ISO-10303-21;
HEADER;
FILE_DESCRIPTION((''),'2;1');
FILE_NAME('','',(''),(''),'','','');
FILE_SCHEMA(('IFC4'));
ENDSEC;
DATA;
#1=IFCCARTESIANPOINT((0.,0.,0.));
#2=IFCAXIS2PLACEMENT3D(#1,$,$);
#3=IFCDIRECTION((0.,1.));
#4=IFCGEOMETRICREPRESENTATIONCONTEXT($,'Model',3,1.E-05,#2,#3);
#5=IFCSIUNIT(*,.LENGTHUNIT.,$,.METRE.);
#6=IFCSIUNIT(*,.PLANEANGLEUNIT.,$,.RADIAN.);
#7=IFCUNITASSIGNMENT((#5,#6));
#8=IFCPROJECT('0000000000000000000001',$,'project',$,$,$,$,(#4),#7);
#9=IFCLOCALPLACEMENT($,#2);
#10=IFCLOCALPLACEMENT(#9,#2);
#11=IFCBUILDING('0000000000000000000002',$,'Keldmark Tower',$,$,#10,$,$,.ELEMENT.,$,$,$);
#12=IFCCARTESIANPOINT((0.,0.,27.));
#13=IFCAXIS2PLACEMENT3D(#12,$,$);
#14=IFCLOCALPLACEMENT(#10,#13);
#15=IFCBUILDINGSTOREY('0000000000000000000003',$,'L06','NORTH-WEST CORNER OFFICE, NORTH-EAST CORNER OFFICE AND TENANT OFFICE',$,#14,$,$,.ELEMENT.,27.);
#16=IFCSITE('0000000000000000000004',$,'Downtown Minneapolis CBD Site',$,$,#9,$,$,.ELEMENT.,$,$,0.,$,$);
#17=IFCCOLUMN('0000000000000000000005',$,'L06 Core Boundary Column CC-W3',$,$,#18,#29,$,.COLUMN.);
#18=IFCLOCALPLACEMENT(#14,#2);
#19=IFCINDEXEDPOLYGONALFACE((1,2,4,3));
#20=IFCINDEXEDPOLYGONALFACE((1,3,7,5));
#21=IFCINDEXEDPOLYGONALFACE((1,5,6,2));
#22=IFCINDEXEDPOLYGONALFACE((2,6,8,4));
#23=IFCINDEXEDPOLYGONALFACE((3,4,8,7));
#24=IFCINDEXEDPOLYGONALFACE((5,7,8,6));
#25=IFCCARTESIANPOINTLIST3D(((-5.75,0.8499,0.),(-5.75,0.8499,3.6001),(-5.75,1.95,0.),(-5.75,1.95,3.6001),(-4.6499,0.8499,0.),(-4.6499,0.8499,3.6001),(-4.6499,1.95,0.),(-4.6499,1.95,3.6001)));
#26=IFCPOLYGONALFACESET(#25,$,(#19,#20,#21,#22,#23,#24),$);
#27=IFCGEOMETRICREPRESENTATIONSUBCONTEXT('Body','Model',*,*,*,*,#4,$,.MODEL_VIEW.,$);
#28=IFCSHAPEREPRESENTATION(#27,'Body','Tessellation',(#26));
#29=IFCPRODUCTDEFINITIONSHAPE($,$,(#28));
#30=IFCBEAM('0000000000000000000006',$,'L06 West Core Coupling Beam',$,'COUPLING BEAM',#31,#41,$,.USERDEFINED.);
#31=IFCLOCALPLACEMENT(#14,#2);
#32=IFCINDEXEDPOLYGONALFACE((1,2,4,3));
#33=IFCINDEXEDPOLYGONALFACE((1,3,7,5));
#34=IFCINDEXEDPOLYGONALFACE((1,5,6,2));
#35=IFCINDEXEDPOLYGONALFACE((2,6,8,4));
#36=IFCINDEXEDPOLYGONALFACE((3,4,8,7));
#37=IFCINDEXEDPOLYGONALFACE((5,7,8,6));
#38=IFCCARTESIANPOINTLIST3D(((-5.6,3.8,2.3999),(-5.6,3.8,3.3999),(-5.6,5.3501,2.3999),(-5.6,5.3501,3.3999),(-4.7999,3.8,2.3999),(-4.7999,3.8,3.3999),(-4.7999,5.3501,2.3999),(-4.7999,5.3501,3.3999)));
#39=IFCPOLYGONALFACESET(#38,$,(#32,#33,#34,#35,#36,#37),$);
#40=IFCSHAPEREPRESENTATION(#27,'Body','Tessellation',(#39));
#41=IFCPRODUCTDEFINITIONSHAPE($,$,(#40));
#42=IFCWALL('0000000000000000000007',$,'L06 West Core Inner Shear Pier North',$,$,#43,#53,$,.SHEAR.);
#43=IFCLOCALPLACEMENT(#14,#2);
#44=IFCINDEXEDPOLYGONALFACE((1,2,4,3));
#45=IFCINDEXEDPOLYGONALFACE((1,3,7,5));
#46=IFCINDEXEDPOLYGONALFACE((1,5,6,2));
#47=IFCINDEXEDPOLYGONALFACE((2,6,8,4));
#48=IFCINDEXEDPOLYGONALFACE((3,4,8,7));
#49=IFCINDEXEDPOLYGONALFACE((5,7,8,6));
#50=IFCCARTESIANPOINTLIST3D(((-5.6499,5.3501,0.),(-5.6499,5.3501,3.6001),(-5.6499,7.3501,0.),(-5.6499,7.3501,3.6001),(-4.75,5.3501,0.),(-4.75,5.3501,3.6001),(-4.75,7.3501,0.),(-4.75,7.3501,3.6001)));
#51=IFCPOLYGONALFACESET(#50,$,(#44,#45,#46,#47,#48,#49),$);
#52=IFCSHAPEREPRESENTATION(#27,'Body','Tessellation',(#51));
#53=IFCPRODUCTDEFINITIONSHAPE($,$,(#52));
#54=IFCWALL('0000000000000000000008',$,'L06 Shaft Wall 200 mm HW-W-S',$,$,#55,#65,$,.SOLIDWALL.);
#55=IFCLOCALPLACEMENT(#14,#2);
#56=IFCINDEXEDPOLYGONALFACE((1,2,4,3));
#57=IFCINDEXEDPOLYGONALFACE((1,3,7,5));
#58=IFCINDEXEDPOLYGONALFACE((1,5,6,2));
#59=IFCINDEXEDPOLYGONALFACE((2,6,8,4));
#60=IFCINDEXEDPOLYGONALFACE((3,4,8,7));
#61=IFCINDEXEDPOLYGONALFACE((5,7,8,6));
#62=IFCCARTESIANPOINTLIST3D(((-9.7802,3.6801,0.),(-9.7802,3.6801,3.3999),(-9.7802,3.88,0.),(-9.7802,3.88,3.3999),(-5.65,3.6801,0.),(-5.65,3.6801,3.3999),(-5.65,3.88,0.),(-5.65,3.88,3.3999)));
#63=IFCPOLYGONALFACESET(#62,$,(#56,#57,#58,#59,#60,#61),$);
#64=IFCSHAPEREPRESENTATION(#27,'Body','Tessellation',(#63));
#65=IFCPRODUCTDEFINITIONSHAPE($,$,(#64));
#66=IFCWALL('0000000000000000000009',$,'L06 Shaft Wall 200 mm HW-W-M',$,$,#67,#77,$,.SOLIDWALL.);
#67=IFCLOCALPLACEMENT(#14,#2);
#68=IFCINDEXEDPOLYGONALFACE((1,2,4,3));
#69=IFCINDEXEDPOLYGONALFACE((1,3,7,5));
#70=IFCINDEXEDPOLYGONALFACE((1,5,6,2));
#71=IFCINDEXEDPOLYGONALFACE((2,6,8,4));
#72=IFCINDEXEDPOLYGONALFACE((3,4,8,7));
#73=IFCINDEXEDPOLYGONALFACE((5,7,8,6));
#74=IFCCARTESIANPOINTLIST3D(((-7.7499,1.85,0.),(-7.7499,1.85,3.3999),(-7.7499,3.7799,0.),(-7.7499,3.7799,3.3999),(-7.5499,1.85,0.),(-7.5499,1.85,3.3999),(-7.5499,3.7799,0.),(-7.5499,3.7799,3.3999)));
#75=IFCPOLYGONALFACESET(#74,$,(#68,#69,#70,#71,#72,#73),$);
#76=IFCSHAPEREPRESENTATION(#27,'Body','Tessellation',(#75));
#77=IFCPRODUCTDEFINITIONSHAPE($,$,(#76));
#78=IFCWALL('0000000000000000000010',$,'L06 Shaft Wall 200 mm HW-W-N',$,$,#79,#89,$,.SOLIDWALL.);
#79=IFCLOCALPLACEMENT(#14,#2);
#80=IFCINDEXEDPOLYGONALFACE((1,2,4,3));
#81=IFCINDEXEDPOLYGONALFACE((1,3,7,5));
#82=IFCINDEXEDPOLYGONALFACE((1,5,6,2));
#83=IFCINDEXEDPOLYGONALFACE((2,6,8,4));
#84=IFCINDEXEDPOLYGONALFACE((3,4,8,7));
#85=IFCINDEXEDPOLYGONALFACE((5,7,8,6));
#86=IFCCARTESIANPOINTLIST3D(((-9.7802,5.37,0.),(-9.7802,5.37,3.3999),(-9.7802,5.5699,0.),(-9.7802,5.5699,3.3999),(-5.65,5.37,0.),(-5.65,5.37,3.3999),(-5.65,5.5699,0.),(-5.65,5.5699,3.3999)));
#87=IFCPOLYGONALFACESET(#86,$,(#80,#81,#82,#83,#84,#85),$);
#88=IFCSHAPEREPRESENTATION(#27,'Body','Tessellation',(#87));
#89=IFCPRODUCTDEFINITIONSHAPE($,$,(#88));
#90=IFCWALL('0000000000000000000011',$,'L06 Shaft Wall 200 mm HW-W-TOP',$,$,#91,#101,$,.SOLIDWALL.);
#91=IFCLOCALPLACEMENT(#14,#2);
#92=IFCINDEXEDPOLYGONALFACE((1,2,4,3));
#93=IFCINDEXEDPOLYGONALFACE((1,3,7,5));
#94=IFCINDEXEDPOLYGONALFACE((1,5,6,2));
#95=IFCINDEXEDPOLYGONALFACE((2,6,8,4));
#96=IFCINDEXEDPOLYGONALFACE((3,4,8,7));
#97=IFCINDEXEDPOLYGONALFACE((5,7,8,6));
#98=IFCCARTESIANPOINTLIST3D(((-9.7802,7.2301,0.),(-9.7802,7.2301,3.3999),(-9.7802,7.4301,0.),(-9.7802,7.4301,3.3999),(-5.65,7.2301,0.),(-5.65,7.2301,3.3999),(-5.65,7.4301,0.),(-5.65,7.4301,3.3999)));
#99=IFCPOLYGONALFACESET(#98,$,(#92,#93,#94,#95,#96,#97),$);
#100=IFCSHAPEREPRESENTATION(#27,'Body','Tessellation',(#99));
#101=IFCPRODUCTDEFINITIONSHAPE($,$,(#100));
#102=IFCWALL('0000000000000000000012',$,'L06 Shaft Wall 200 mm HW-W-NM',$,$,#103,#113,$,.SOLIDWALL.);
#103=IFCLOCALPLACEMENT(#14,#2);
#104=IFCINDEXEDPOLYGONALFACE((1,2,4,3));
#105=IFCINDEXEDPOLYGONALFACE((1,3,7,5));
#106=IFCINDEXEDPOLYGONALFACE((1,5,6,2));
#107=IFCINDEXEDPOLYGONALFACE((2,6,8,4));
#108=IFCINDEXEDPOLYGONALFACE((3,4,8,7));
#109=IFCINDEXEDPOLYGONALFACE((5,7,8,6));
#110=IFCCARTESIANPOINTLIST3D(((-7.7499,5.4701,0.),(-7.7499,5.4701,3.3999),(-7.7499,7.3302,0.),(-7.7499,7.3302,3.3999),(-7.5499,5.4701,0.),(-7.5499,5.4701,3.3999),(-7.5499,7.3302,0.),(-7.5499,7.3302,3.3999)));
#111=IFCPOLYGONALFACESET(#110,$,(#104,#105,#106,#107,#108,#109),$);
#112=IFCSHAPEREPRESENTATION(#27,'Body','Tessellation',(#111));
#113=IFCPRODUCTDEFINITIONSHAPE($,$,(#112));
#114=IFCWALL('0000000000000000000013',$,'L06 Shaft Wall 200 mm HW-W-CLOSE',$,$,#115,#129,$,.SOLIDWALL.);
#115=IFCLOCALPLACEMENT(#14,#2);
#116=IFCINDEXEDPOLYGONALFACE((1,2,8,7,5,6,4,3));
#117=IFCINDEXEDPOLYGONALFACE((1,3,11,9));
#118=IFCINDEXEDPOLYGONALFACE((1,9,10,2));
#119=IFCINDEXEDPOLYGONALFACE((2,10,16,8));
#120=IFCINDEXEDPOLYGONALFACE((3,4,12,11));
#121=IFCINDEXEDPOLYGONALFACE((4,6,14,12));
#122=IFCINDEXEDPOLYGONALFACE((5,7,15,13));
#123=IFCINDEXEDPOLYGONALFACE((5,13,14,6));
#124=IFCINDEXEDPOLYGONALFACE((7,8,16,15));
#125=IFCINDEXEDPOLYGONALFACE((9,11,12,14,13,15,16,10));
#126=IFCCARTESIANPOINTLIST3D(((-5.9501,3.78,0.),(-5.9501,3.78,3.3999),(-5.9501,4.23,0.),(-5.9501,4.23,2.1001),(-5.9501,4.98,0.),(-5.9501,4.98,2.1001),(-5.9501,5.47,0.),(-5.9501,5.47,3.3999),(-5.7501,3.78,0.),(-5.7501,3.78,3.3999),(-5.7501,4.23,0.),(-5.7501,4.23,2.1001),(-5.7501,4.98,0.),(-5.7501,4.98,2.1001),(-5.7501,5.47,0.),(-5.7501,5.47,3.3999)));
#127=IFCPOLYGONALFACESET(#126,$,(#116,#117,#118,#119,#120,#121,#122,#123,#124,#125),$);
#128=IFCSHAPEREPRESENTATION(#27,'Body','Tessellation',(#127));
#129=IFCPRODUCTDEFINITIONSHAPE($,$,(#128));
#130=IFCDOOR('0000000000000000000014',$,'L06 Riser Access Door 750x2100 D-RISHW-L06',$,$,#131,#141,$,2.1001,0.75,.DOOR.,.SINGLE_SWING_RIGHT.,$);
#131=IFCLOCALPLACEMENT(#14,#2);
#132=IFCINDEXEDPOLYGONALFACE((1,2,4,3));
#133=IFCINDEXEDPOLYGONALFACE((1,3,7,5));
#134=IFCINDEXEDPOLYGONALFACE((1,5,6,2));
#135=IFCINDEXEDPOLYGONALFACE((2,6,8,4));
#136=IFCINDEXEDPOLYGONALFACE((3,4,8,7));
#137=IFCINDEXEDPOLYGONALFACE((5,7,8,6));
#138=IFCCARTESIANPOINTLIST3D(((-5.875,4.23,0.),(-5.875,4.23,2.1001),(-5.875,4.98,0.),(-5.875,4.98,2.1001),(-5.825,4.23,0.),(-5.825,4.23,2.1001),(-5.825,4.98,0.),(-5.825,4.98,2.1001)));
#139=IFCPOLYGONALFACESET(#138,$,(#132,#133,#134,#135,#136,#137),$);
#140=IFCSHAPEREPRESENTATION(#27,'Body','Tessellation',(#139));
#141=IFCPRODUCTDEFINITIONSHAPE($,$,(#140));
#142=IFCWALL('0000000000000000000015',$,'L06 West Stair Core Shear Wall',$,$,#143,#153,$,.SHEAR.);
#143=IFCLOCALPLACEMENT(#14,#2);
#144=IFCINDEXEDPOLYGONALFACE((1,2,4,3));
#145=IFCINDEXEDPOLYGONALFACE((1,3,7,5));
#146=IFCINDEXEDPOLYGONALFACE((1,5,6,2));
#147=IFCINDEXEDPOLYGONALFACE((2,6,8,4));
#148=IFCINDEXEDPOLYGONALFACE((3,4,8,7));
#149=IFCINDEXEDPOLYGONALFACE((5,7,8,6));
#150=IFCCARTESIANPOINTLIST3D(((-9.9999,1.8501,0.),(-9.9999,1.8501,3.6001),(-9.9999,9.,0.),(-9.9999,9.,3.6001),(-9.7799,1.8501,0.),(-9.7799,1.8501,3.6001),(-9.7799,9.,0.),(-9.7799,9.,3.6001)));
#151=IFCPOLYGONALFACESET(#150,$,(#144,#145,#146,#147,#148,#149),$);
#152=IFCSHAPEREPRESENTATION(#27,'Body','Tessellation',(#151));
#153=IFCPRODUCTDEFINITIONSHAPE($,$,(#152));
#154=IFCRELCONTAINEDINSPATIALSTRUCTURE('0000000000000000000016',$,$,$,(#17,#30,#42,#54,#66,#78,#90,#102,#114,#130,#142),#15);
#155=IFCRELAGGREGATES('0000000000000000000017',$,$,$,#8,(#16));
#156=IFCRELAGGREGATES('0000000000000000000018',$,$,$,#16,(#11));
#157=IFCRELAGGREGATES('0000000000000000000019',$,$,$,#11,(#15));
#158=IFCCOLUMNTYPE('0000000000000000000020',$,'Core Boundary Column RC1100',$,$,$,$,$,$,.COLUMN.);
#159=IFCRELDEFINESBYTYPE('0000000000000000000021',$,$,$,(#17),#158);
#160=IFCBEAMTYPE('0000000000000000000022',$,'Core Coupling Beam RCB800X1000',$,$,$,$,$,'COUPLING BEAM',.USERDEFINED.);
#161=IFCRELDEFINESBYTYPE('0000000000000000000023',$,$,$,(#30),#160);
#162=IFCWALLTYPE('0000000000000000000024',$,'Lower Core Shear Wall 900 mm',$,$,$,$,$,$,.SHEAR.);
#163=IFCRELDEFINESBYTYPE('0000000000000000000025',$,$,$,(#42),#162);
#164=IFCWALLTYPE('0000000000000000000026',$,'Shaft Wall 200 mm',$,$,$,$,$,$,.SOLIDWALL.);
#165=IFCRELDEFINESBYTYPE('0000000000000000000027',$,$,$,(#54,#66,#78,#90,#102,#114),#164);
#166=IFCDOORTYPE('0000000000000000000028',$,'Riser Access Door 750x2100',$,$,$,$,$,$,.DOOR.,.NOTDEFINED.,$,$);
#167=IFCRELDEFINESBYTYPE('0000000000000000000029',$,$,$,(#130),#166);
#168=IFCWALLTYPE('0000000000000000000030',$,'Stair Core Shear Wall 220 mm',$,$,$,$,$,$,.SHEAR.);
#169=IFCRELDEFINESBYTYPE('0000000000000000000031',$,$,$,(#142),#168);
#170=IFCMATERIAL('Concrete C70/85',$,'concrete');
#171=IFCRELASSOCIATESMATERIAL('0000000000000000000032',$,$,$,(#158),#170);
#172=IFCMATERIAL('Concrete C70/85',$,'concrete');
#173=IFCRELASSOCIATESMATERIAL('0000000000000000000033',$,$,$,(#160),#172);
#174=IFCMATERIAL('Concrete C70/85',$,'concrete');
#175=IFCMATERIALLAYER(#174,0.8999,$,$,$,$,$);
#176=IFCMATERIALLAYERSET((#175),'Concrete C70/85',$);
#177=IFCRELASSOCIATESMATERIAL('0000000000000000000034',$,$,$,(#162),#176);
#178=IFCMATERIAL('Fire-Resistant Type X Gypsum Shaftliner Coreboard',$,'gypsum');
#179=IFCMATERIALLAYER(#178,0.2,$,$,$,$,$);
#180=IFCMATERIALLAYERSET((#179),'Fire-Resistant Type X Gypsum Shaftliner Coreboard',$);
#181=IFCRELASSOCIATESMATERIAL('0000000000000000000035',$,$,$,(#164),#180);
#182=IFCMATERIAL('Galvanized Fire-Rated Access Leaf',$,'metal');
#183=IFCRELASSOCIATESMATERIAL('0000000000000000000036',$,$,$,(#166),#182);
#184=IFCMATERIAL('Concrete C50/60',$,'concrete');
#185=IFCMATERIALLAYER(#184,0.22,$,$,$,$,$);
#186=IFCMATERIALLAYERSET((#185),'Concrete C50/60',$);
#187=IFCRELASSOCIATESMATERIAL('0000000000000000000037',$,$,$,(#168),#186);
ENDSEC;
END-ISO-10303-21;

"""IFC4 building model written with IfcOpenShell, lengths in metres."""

from ifc_helpers import new_model, si_unit, direction, frame, frame_2d, origin, origin_2d, place, context, subcontext, project, spatial, rectangle, extrude, material, layer, layer_set, material_profile, profile_set, type_object, element, fill, save


model = new_model("IFC4")

# Units and contexts
model_context = context("Model", 3, precision=1e-05, world=origin(), true_north=direction((0.0, 1.0)))
body_context = subcontext(model_context, "Body", "Model", "MODEL_VIEW")
ifc_project = project(units=[si_unit("LENGTHUNIT", "METRE"), si_unit("PLANEANGLEUNIT", "RADIAN")], contexts=[model_context])

# Site, building, storey
site_placement = place(None, origin())
site = spatial("IfcSite", under=ifc_project, at=site_placement, Name="Downtown Minneapolis CBD Site", CompositionType="ELEMENT", RefElevation=0.0)
building_placement = place(site_placement, origin())
building = spatial("IfcBuilding", under=site, at=building_placement, Name="Keldmark Tower", CompositionType="ELEMENT")
storey_placement = place(building_placement, frame((0.0, 0.0, 27.0)))
storey = spatial("IfcBuildingStorey", under=building, at=storey_placement, Name="L06", Description="NORTH-WEST CORNER OFFICE, NORTH-EAST CORNER OFFICE AND TENANT OFFICE", CompositionType="ELEMENT", Elevation=27.0)

# Column
ifc_material_1 = material(Name="Concrete C70/85", Category="concrete")
ifc_material_profile_1 = material_profile(ifc_material_1, rectangle(XDim=1.1001, YDim=1.1001, at=origin_2d()), Name="RC1100X1100")
ifc_profile_set_1 = profile_set([ifc_material_profile_1], Name="Concrete C70/85")
column_type = type_object("IfcColumnType", Name="Core Boundary Column RC1100", PredefinedType="COLUMN", material=ifc_profile_set_1)
column_placement = place(storey_placement, frame((-5.2, 1.3999, 0.0), z_axis=(0.0, 0.0, 1.0), x_axis=(1.0, 0.0, 0.0)))
element("IfcColumn", 1, at=column_placement, inside=storey, type_object=column_type, Name="L06 Core Boundary Column CC-W3", PredefinedType="COLUMN", context=body_context, shape_type="SweptSolid", body=[
    extrude(rectangle(XDim=1.1001, YDim=1.1001, at=origin_2d()), origin(), (0.0, 0.0, 1.0), 3.6001),
])

# Beam
ifc_material_2 = material(Name="Concrete C70/85", Category="concrete")
ifc_material_profile_2 = material_profile(ifc_material_2, rectangle(XDim=0.8, YDim=1.0, at=origin_2d()), Name="RCB800X1000")
ifc_profile_set_2 = profile_set([ifc_material_profile_2], Name="Concrete C70/85")
beam_type = type_object("IfcBeamType", Name="Core Coupling Beam RCB800X1000", ElementType="COUPLING BEAM", PredefinedType="USERDEFINED", material=ifc_profile_set_2)
beam_placement = place(storey_placement, frame((-5.2, 3.8, 2.8999), z_axis=(0.0, 1.0, 0.0), x_axis=(-1.0, 0.0, 0.0)))
element("IfcBeam", 2, at=beam_placement, inside=storey, type_object=beam_type, Name="L06 West Core Coupling Beam", ObjectType="COUPLING BEAM", PredefinedType="USERDEFINED", context=body_context, shape_type="SweptSolid", body=[
    extrude(rectangle(XDim=0.8, YDim=1.0, at=origin_2d()), origin(), (0.0, 0.0, 1.0), 1.55),
])

# Walls
ifc_material_3 = material(Name="Concrete C70/85", Category="concrete")
ifc_layer_1 = layer(ifc_material_3, 0.8999)
ifc_layer_set_1 = layer_set([ifc_layer_1], Name="Concrete C70/85")
wall_type_1 = type_object("IfcWallType", Name="Lower Core Shear Wall 900 mm", PredefinedType="SHEAR", material=ifc_layer_set_1)
wall_1_placement = place(storey_placement, frame((-5.2, 5.3501, 0.0), z_axis=(0.0, 0.0, 1.0), x_axis=(0.0, 1.0, 0.0)))
element("IfcWall", 3, at=wall_1_placement, inside=storey, type_object=wall_type_1, Name="L06 West Core Inner Shear Pier North", PredefinedType="SHEAR", context=body_context, shape_type="SweptSolid", body=[
    extrude(rectangle(XDim=2.0, YDim=0.8999, at=frame_2d((1.0, 0.0))), origin(), (0.0, 0.0, 1.0), 3.6001),
])
ifc_material_4 = material(Name="Fire-Resistant Type X Gypsum Shaftliner Coreboard", Category="gypsum")
ifc_layer_2 = layer(ifc_material_4, 0.2)
ifc_layer_set_2 = layer_set([ifc_layer_2], Name="Fire-Resistant Type X Gypsum Shaftliner Coreboard")
wall_type_2 = type_object("IfcWallType", Name="Shaft Wall 200 mm", PredefinedType="SOLIDWALL", material=ifc_layer_set_2)
wall_2_placement = place(storey_placement, frame((-9.78, 3.78, 0.0), z_axis=(0.0, 0.0, 1.0), x_axis=(1.0, 0.0, 0.0)))
element("IfcWall", 4, at=wall_2_placement, inside=storey, type_object=wall_type_2, Name="L06 Shaft Wall 200 mm HW-W-S", PredefinedType="SOLIDWALL", context=body_context, shape_type="SweptSolid", body=[
    extrude(rectangle(XDim=4.1301, YDim=0.2, at=frame_2d((2.0649, 0.0))), origin(), (0.0, 0.0, 1.0), 3.3999),
])
wall_3_placement = place(storey_placement, frame((-7.6499, 1.8501, 0.0), z_axis=(0.0, 0.0, 1.0), x_axis=(0.0, 1.0, 0.0)))
element("IfcWall", 5, at=wall_3_placement, inside=storey, type_object=wall_type_2, Name="L06 Shaft Wall 200 mm HW-W-M", PredefinedType="SOLIDWALL", context=body_context, shape_type="SweptSolid", body=[
    extrude(rectangle(XDim=1.9299, YDim=0.2, at=frame_2d((0.9648, 0.0))), origin(), (0.0, 0.0, 1.0), 3.3999),
])
for number, where, z_axis, x_axis, name in (
    (6, (-9.78, 5.47, 0.0), (0.0, 0.0, 1.0), (1.0, 0.0, 0.0), "L06 Shaft Wall 200 mm HW-W-N"),
    (7, (-9.78, 7.3301, 0.0), (0.0, 0.0, 1.0), (1.0, 0.0, 0.0), "L06 Shaft Wall 200 mm HW-W-TOP"),
):
    element("IfcWall", number, at=place(storey_placement, frame(where, z_axis=z_axis, x_axis=x_axis)), inside=storey, type_object=wall_type_2, Name=name, PredefinedType="SOLIDWALL", context=body_context, shape_type="SweptSolid", body=[
        extrude(rectangle(XDim=4.1301, YDim=0.2, at=frame_2d((2.0649, 0.0))), origin(), (0.0, 0.0, 1.0), 3.3999),
    ])
wall_4_placement = place(storey_placement, frame((-7.6499, 5.47, 0.0), z_axis=(0.0, 0.0, 1.0), x_axis=(0.0, 1.0, 0.0)))
element("IfcWall", 8, at=wall_4_placement, inside=storey, type_object=wall_type_2, Name="L06 Shaft Wall 200 mm HW-W-NM", PredefinedType="SOLIDWALL", context=body_context, shape_type="SweptSolid", body=[
    extrude(rectangle(XDim=1.8601, YDim=0.2, at=frame_2d((0.9302, 0.0))), origin(), (0.0, 0.0, 1.0), 3.3999),
])

# Wall, opening, door
wall_5_placement = place(storey_placement, frame((-5.8501, 3.78, 0.0), z_axis=(0.0, 0.0, 1.0), x_axis=(0.0, 1.0, 0.0)))
wall_5 = element("IfcWall", 9, at=wall_5_placement, inside=storey, type_object=wall_type_2, Name="L06 Shaft Wall 200 mm HW-W-CLOSE", PredefinedType="SOLIDWALL", context=body_context, shape_type="SweptSolid", body=[
    extrude(rectangle(XDim=1.6899, YDim=0.2, at=frame_2d((0.845, 0.0))), origin(), (0.0, 0.0, 1.0), 3.3999),
])
opening_placement = place(wall_5_placement, frame((0.45, 0.0, 0.0)))
opening = element("IfcOpeningElement", 10, at=opening_placement, cuts=wall_5, PredefinedType="OPENING", context=body_context, shape_type="SweptSolid", body=[
    extrude(rectangle(XDim=0.75, YDim=2.1001, at=frame_2d((0.375, 1.05))), frame((0.0, 0.1099, 0.0), z_axis=(0.0, -1.0, 0.0), x_axis=(1.0, 0.0, 0.0)), (0.0, 0.0, 1.0), 0.22),
])
ifc_material_5 = material(Name="Galvanized Fire-Rated Access Leaf", Category="metal")
door_type = type_object("IfcDoorType", Name="Riser Access Door 750x2100", OperationType="NOTDEFINED", PredefinedType="DOOR", material=ifc_material_5)
door_placement = place(opening_placement, origin())
door = element("IfcDoor", 11, at=door_placement, inside=storey, type_object=door_type, Name="L06 Riser Access Door 750x2100 D-RISHW-L06", OperationType="SINGLE_SWING_RIGHT", OverallHeight=2.1001, OverallWidth=0.75, PredefinedType="DOOR", context=body_context, shape_type="SweptSolid", body=[
    extrude(rectangle(XDim=0.75, YDim=2.1001, at=frame_2d((0.375, 1.05))), frame((0.0, 0.0249, 0.0), z_axis=(0.0, -1.0, 0.0), x_axis=(1.0, 0.0, 0.0)), (0.0, 0.0, 1.0), 0.05),
])
fill(opening, door)

# Wall
ifc_material_6 = material(Name="Concrete C50/60", Category="concrete")
ifc_layer_3 = layer(ifc_material_6, 0.22)
ifc_layer_set_3 = layer_set([ifc_layer_3], Name="Concrete C50/60")
wall_type_3 = type_object("IfcWallType", Name="Stair Core Shear Wall 220 mm", PredefinedType="SHEAR", material=ifc_layer_set_3)
wall_6_placement = place(storey_placement, frame((-9.8899, 1.8501, 0.0), z_axis=(0.0, 0.0, 1.0), x_axis=(0.0, 1.0, 0.0)))
element("IfcWall", 12, at=wall_6_placement, inside=storey, type_object=wall_type_3, Name="L06 West Stair Core Shear Wall", PredefinedType="SHEAR", context=body_context, shape_type="SweptSolid", body=[
    extrude(rectangle(XDim=7.1499, YDim=0.22, at=frame_2d((3.575, 0.0))), origin(), (0.0, 0.0, 1.0), 3.6001),
])

save(model, "model.ifc")
